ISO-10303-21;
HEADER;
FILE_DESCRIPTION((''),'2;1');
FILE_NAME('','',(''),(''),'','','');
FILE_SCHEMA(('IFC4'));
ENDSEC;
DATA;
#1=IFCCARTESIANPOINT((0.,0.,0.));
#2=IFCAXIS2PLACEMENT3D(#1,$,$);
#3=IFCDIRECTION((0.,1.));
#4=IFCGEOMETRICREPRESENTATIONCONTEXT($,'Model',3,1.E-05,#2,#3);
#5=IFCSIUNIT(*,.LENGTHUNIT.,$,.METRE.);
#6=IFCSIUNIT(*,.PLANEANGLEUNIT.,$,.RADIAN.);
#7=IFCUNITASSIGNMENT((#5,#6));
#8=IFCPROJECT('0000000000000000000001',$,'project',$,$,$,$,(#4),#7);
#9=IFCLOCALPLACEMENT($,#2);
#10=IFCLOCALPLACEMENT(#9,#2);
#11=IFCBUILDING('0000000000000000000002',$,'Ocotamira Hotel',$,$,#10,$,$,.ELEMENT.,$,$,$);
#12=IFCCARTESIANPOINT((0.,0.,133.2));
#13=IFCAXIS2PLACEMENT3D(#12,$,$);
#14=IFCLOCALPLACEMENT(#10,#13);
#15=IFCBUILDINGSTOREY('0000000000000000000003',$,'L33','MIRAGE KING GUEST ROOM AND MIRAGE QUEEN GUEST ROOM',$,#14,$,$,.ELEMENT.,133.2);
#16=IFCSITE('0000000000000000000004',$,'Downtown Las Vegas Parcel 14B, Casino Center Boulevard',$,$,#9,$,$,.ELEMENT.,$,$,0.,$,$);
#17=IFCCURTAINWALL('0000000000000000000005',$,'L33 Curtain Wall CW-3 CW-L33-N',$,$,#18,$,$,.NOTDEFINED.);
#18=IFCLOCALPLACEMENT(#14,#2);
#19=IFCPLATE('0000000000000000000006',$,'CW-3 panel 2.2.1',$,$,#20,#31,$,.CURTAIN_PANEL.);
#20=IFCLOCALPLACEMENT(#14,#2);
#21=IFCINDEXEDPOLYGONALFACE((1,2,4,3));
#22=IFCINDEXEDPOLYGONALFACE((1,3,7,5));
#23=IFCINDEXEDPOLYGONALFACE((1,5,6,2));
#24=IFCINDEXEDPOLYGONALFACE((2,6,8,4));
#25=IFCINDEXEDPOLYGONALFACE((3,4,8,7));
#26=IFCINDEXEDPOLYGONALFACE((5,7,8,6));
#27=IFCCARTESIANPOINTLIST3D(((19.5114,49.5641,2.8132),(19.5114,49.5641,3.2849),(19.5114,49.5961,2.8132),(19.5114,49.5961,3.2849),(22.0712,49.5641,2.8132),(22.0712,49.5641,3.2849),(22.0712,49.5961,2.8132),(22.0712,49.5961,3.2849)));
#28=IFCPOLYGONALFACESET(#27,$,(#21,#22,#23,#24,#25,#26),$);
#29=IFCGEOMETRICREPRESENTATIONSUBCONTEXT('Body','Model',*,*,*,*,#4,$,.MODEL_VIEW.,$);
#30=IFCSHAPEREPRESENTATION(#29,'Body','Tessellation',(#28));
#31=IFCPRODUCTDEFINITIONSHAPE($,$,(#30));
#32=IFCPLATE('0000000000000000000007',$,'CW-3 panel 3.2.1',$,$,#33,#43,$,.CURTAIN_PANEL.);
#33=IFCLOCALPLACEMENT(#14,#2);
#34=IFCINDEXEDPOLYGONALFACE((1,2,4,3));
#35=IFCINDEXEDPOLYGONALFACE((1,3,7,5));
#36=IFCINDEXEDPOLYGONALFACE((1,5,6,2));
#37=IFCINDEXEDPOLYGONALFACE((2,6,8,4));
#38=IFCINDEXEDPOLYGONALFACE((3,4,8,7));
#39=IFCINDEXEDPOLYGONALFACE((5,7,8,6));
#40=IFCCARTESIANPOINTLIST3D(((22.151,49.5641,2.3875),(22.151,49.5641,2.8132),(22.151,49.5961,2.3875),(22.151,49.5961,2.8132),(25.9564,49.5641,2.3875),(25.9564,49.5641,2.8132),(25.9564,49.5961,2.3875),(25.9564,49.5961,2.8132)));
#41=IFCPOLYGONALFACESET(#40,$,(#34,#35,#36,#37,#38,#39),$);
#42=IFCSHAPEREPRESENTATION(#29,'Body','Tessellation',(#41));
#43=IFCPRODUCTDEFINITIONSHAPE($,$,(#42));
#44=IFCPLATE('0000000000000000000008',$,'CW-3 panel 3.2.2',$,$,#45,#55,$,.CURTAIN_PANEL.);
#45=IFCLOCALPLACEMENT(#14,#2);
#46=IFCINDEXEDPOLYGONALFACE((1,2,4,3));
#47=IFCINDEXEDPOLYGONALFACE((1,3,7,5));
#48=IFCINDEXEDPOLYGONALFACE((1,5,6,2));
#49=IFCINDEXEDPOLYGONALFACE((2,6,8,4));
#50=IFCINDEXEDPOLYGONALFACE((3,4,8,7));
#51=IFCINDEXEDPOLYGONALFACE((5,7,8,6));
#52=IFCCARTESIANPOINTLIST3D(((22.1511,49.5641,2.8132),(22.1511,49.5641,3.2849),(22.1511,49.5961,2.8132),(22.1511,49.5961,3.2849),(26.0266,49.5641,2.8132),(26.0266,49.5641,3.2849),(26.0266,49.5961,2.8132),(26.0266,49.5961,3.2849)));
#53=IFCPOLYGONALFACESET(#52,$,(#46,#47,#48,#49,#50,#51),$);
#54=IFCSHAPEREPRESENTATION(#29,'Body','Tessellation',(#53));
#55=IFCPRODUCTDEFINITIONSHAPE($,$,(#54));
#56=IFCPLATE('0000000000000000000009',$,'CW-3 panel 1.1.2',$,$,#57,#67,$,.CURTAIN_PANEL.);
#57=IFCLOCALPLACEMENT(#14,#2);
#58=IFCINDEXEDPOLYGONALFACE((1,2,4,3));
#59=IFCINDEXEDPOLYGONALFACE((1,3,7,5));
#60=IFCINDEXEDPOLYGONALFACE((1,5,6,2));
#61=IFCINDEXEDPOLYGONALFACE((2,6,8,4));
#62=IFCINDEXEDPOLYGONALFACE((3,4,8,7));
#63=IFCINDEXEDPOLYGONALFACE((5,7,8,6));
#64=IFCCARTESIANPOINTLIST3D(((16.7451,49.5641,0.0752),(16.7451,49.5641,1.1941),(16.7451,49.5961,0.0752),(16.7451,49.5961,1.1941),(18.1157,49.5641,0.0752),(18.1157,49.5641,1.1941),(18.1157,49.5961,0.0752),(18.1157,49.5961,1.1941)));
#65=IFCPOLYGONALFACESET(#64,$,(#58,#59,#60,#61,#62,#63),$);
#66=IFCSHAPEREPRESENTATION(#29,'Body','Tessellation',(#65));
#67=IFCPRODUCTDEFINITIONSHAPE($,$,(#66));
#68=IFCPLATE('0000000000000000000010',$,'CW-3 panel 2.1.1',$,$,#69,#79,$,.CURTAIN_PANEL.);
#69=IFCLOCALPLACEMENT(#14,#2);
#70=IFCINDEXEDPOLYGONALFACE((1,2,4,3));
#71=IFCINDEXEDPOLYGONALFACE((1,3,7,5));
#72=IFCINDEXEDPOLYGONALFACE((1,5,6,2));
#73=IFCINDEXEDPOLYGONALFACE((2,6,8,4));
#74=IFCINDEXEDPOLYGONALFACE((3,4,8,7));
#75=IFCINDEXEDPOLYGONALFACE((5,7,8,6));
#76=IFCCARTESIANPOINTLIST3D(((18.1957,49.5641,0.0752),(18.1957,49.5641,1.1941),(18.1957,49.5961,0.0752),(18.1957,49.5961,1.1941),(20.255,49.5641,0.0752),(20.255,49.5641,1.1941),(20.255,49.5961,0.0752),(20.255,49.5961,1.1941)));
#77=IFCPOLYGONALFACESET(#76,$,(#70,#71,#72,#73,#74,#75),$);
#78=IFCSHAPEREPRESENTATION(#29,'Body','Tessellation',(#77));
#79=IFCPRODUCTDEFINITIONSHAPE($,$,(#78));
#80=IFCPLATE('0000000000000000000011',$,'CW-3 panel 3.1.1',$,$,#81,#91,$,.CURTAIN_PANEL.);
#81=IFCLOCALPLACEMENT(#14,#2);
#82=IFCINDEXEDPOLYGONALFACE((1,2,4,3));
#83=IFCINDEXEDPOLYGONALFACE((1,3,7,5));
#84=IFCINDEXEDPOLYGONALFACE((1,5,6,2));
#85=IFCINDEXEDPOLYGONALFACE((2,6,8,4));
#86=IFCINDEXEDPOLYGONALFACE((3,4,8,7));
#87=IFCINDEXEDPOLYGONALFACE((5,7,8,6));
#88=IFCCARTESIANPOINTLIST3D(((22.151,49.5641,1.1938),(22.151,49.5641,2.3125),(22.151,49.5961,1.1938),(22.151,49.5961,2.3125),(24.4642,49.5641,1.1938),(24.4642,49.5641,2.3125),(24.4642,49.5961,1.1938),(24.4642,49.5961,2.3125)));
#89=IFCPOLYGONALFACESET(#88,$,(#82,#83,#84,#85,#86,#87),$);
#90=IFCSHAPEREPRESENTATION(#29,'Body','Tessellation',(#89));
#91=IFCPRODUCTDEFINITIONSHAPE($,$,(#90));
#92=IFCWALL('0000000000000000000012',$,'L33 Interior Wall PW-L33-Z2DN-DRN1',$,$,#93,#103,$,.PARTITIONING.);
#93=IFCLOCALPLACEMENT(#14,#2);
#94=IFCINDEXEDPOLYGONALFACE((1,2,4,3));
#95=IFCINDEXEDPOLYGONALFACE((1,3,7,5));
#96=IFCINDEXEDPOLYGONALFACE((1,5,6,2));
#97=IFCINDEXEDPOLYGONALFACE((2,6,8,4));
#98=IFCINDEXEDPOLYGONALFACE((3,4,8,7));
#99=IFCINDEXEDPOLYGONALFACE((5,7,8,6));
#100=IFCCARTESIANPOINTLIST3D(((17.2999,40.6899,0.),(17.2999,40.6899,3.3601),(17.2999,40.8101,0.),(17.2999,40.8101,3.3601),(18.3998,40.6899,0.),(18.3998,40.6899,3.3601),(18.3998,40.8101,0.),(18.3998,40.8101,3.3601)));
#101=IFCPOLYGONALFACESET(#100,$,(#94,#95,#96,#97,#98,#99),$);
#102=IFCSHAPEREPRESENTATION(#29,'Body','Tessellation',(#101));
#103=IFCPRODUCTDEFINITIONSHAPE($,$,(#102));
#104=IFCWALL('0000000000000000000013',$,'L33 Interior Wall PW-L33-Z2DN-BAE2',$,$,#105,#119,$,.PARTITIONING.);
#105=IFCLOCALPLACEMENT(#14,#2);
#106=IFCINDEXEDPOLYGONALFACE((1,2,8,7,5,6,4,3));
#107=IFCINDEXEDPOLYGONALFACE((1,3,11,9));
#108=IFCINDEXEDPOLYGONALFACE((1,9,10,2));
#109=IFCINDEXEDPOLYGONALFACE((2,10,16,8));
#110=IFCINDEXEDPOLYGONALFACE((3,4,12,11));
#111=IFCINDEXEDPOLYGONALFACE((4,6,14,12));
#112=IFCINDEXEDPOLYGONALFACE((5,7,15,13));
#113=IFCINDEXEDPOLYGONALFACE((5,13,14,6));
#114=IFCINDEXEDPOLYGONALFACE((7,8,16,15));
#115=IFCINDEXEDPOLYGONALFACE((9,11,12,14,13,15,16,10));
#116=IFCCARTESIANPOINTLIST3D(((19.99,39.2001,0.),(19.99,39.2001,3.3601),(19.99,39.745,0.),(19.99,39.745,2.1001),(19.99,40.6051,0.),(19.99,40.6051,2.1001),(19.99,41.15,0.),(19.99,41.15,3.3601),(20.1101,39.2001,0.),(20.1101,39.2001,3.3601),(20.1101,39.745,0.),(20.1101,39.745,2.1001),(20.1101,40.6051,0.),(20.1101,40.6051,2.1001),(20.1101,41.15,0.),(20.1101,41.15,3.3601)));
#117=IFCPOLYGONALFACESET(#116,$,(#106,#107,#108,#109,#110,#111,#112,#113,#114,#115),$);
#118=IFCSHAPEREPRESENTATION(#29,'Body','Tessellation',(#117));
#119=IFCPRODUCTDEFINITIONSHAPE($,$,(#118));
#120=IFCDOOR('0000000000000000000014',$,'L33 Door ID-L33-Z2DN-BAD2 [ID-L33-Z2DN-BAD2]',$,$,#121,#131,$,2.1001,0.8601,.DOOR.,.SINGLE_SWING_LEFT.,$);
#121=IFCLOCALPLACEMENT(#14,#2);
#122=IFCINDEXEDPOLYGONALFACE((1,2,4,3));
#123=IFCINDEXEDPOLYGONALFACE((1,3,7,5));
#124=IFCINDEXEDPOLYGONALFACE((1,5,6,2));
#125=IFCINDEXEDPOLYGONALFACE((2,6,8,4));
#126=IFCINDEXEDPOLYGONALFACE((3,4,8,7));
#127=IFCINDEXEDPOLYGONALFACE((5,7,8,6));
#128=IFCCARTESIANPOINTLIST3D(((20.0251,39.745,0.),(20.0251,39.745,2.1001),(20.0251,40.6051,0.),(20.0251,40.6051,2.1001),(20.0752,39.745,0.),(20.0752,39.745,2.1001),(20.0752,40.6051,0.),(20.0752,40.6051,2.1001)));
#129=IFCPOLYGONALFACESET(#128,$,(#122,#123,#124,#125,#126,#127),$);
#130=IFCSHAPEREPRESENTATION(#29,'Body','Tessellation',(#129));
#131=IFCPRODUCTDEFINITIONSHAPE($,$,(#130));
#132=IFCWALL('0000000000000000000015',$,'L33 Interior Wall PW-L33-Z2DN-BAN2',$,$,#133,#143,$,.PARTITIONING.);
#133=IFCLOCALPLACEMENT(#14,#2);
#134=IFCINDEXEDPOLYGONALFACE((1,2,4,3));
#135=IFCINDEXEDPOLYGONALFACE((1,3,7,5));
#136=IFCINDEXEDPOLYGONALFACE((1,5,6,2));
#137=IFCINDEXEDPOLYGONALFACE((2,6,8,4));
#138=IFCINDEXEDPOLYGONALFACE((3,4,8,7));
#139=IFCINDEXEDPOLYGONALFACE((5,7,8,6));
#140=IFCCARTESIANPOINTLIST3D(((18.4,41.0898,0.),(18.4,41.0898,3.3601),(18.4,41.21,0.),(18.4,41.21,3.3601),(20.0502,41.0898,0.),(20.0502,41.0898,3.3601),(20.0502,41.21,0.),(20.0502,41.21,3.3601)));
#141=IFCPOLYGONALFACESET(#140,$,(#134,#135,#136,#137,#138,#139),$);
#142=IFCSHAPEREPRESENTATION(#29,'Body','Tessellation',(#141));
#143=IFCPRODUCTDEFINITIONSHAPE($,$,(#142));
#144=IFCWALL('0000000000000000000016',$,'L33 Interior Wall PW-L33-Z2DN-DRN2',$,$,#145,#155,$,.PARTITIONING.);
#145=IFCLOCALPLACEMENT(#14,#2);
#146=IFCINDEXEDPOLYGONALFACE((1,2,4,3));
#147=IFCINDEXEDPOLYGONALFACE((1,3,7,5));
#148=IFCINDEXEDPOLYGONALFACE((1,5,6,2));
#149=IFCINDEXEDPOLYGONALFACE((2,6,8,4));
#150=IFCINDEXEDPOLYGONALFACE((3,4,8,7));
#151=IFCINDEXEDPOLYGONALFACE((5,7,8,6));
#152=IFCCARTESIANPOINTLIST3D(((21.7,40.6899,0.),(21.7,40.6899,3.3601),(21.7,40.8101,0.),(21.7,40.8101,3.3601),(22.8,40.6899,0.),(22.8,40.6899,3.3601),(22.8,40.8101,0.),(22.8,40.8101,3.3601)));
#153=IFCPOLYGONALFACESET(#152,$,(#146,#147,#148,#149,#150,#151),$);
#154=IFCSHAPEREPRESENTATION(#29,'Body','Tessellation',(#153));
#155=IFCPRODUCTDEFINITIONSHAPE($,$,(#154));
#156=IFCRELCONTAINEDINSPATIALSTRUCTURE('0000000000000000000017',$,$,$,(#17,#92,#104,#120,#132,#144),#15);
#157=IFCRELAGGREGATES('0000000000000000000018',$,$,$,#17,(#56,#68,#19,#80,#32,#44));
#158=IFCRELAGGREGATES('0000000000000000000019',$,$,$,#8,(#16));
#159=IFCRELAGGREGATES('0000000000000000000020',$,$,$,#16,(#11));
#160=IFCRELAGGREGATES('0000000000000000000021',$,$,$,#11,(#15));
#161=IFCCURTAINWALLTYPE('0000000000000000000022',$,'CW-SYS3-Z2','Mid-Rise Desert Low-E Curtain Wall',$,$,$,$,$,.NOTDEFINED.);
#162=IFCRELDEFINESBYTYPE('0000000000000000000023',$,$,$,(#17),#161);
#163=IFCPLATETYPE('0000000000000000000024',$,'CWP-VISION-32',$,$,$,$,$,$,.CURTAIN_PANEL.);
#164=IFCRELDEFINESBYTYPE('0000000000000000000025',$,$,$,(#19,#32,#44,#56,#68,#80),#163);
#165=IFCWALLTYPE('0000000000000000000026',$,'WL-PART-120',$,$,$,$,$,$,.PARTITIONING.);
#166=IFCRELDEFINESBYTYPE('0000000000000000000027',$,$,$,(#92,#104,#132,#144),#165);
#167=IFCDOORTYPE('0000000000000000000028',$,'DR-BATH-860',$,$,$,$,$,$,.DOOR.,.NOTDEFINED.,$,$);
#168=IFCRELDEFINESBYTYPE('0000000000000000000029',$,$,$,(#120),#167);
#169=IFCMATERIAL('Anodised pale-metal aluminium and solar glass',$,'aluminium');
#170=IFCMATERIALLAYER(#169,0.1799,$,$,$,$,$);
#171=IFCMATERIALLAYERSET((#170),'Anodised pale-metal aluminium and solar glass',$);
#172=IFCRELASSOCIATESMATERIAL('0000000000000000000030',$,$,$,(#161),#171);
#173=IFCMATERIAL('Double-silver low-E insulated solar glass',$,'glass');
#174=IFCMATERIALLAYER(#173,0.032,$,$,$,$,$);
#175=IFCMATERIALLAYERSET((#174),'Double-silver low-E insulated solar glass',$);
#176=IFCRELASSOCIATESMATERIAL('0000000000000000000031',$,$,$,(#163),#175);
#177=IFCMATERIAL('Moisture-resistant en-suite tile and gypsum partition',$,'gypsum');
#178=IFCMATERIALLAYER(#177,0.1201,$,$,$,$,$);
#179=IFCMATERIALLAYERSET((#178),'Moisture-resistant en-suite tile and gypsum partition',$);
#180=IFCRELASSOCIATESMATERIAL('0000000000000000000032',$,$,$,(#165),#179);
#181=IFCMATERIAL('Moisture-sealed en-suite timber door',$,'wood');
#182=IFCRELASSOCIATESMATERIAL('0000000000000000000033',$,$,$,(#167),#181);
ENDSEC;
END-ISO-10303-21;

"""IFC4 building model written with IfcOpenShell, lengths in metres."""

from ifc_helpers import new_model, si_unit, direction, frame, frame_2d, origin, origin_2d, place, context, subcontext, project, spatial, rectangle, extrude, source, transform, mapped, material, layer, layer_set, type_object, element, fill, aggregate, save


model = new_model("IFC4")

# Units and contexts
model_context = context("Model", 3, precision=1e-05, world=origin(), true_north=direction((0.0, 1.0)))
body_context = subcontext(model_context, "Body", "Model", "MODEL_VIEW")
ifc_project = project(units=[si_unit("LENGTHUNIT", "METRE"), si_unit("PLANEANGLEUNIT", "RADIAN")], contexts=[model_context])

# Site, building, storey
site_placement = place(None, origin())
site = spatial("IfcSite", under=ifc_project, at=site_placement, Name="Downtown Las Vegas Parcel 14B, Casino Center Boulevard", CompositionType="ELEMENT", RefElevation=0.0)
building_placement = place(site_placement, origin())
building = spatial("IfcBuilding", under=site, at=building_placement, Name="Ocotamira Hotel", CompositionType="ELEMENT")
storey_placement = place(building_placement, frame((0.0, 0.0, 133.2)))
storey = spatial("IfcBuildingStorey", under=building, at=storey_placement, Name="L33", Description="MIRAGE KING GUEST ROOM AND MIRAGE QUEEN GUEST ROOM", CompositionType="ELEMENT", Elevation=133.2)

# Curtain wall
ifc_material_1 = material(Name="Anodised pale-metal aluminium and solar glass", Category="aluminium")
ifc_layer_1 = layer(ifc_material_1, 0.1799)
ifc_layer_set_1 = layer_set([ifc_layer_1], Name="Anodised pale-metal aluminium and solar glass")
curtain_wall_type = type_object("IfcCurtainWallType", Name="CW-SYS3-Z2", Description="Mid-Rise Desert Low-E Curtain Wall", PredefinedType="NOTDEFINED", material=ifc_layer_set_1)
curtain_wall_placement = place(storey_placement, origin())
curtain_wall = element("IfcCurtainWall", 1, at=curtain_wall_placement, inside=storey, type_object=curtain_wall_type, Name="L33 Curtain Wall CW-3 CW-L33-N", PredefinedType="NOTDEFINED")

# Plates
ifc_material_2 = material(Name="Double-silver low-E insulated solar glass", Category="glass")
ifc_layer_2 = layer(ifc_material_2, 0.032)
ifc_layer_set_2 = layer_set([ifc_layer_2], Name="Double-silver low-E insulated solar glass")
plate_type_1 = type_object("IfcPlateType", Name="CWP-VISION-32", PredefinedType="CURTAIN_PANEL", material=ifc_layer_set_2)
shared_shape_1 = source(origin(), body_context, "Body", "SweptSolid", [
    extrude(rectangle(XDim=2.5598, YDim=0.032, at=origin_2d()), origin(), (0.0, 0.0, 1.0), 0.4717),
])
plate_1_placement = place(storey_placement, frame((20.7913, 49.5801, 2.8132), z_axis=(0.0, 0.0, 1.0), x_axis=(1.0, 0.0, 0.0)))
plate_1 = element("IfcPlate", 2, at=plate_1_placement, type_object=plate_type_1, Name="CW-3 panel 2.2.1", PredefinedType="CURTAIN_PANEL", context=body_context, shape_type="MappedRepresentation", body=[
    mapped(shared_shape_1, transform((0.0, 0.0, 0.0), scale=1.0)),
])
shared_shape_2 = source(origin(), body_context, "Body", "SweptSolid", [
    extrude(rectangle(XDim=3.8054, YDim=0.032, at=origin_2d()), origin(), (0.0, 0.0, 1.0), 0.4258),
])
plate_2_placement = place(storey_placement, frame((24.0537, 49.5801, 2.3875), z_axis=(0.0, 0.0, 1.0), x_axis=(1.0, 0.0, 0.0)))
plate_2 = element("IfcPlate", 3, at=plate_2_placement, type_object=plate_type_1, Name="CW-3 panel 3.2.1", PredefinedType="CURTAIN_PANEL", context=body_context, shape_type="MappedRepresentation", body=[
    mapped(shared_shape_2, transform((0.0, 0.0, 0.0), scale=1.0)),
])
shared_shape_3 = source(origin(), body_context, "Body", "SweptSolid", [
    extrude(rectangle(XDim=3.8755, YDim=0.032, at=origin_2d()), origin(), (0.0, 0.0, 1.0), 0.4717),
])
plate_3_placement = place(storey_placement, frame((24.0889, 49.5801, 2.8132), z_axis=(0.0, 0.0, 1.0), x_axis=(1.0, 0.0, 0.0)))
plate_3 = element("IfcPlate", 4, at=plate_3_placement, type_object=plate_type_1, Name="CW-3 panel 3.2.2", PredefinedType="CURTAIN_PANEL", context=body_context, shape_type="MappedRepresentation", body=[
    mapped(shared_shape_3, transform((0.0, 0.0, 0.0), scale=1.0)),
])
shared_shape_4 = source(origin(), body_context, "Body", "SweptSolid", [
    extrude(rectangle(XDim=1.3706, YDim=0.032, at=origin_2d()), origin(), (0.0, 0.0, 1.0), 1.1189),
])
plate_4_placement = place(storey_placement, frame((17.4304, 49.5801, 0.0752), z_axis=(0.0, 0.0, 1.0), x_axis=(1.0, 0.0, 0.0)))
plate_4 = element("IfcPlate", 5, at=plate_4_placement, type_object=plate_type_1, Name="CW-3 panel 1.1.2", PredefinedType="CURTAIN_PANEL", context=body_context, shape_type="MappedRepresentation", body=[
    mapped(shared_shape_4, transform((0.0, 0.0, 0.0), scale=1.0)),
])
shared_shape_5 = source(origin(), body_context, "Body", "SweptSolid", [
    extrude(rectangle(XDim=2.0593, YDim=0.032, at=origin_2d()), origin(), (0.0, 0.0, 1.0), 1.1189),
])
plate_5_placement = place(storey_placement, frame((19.2253, 49.5801, 0.0752), z_axis=(0.0, 0.0, 1.0), x_axis=(1.0, 0.0, 0.0)))
plate_5 = element("IfcPlate", 6, at=plate_5_placement, type_object=plate_type_1, Name="CW-3 panel 2.1.1", PredefinedType="CURTAIN_PANEL", context=body_context, shape_type="MappedRepresentation", body=[
    mapped(shared_shape_5, transform((0.0, 0.0, 0.0), scale=1.0)),
])
shared_shape_6 = source(origin(), body_context, "Body", "SweptSolid", [
    extrude(rectangle(XDim=2.3132, YDim=0.032, at=origin_2d()), origin(), (0.0, 0.0, 1.0), 1.1187),
])
plate_6_placement = place(storey_placement, frame((23.3076, 49.5801, 1.1938), z_axis=(0.0, 0.0, 1.0), x_axis=(1.0, 0.0, 0.0)))
plate_6 = element("IfcPlate", 7, at=plate_6_placement, type_object=plate_type_1, Name="CW-3 panel 3.1.1", PredefinedType="CURTAIN_PANEL", context=body_context, shape_type="MappedRepresentation", body=[
    mapped(shared_shape_6, transform((0.0, 0.0, 0.0), scale=1.0)),
])
aggregate(curtain_wall, [plate_4, plate_5, plate_1, plate_6, plate_2, plate_3])

# Wall
ifc_material_3 = material(Name="Moisture-resistant en-suite tile and gypsum partition", Category="gypsum")
ifc_layer_3 = layer(ifc_material_3, 0.1201)
ifc_layer_set_3 = layer_set([ifc_layer_3], Name="Moisture-resistant en-suite tile and gypsum partition")
wall_type_1 = type_object("IfcWallType", Name="WL-PART-120", PredefinedType="PARTITIONING", material=ifc_layer_set_3)
wall_1_placement = place(storey_placement, frame((17.3, 40.75, 0.0), z_axis=(0.0, 0.0, 1.0), x_axis=(1.0, 0.0, 0.0)))
element("IfcWall", 8, at=wall_1_placement, inside=storey, type_object=wall_type_1, Name="L33 Interior Wall PW-L33-Z2DN-DRN1", PredefinedType="PARTITIONING", context=body_context, shape_type="SweptSolid", body=[
    extrude(rectangle(XDim=1.0999, YDim=0.1201, at=frame_2d((0.5498, 0.0))), origin(), (0.0, 0.0, 1.0), 3.3601),
])

# Wall, opening, door
wall_2_placement = place(storey_placement, frame((20.05, 39.2, 0.0), z_axis=(0.0, 0.0, 1.0), x_axis=(0.0, 1.0, 0.0)))
wall_2 = element("IfcWall", 9, at=wall_2_placement, inside=storey, type_object=wall_type_1, Name="L33 Interior Wall PW-L33-Z2DN-BAE2", PredefinedType="PARTITIONING", context=body_context, shape_type="SweptSolid", body=[
    extrude(rectangle(XDim=1.95, YDim=0.1201, at=frame_2d((0.9751, 0.0))), origin(), (0.0, 0.0, 1.0), 3.3601),
])
opening_1_placement = place(wall_2_placement, frame((0.5449, 0.0, 0.0)))
opening_1 = element("IfcOpeningElement", 10, at=opening_1_placement, cuts=wall_2, PredefinedType="OPENING", context=body_context, shape_type="SweptSolid", body=[
    extrude(rectangle(XDim=0.8601, YDim=2.1001, at=frame_2d((0.4302, 1.05))), frame((0.0, 0.0701, 0.0), z_axis=(0.0, -1.0, 0.0), x_axis=(1.0, 0.0, 0.0)), (0.0, 0.0, 1.0), 0.1401),
])
ifc_material_4 = material(Name="Moisture-sealed en-suite timber door", Category="wood")
door_type = type_object("IfcDoorType", Name="DR-BATH-860", OperationType="NOTDEFINED", PredefinedType="DOOR", material=ifc_material_4)
shared_shape_7 = source(origin(), body_context, "Body", "SweptSolid", [
    extrude(rectangle(XDim=0.8601, YDim=2.1001, at=frame_2d((0.4302, 1.05))), frame((0.0, 0.0249, 0.0), z_axis=(0.0, -1.0, 0.0), x_axis=(1.0, 0.0, 0.0)), (0.0, 0.0, 1.0), 0.05),
])
door_1_placement = place(opening_1_placement, origin())
door_1 = element("IfcDoor", 11, at=door_1_placement, inside=storey, type_object=door_type, Name="L33 Door ID-L33-Z2DN-BAD2 [ID-L33-Z2DN-BAD2]", OperationType="SINGLE_SWING_LEFT", OverallHeight=2.1001, OverallWidth=0.8601, PredefinedType="DOOR", context=body_context, shape_type="MappedRepresentation", body=[
    mapped(shared_shape_7, transform((0.0, 0.0, 0.0), scale=1.0)),
])
fill(opening_1, door_1)

# Walls
wall_3_placement = place(storey_placement, frame((18.3999, 41.1499, 0.0), z_axis=(0.0, 0.0, 1.0), x_axis=(1.0, 0.0, 0.0)))
element("IfcWall", 12, at=wall_3_placement, inside=storey, type_object=wall_type_1, Name="L33 Interior Wall PW-L33-Z2DN-BAN2", PredefinedType="PARTITIONING", context=body_context, shape_type="SweptSolid", body=[
    extrude(rectangle(XDim=1.6501, YDim=0.1201, at=frame_2d((0.8252, 0.0))), origin(), (0.0, 0.0, 1.0), 3.3601),
])
wall_4_placement = place(storey_placement, frame((21.7, 40.75, 0.0), z_axis=(0.0, 0.0, 1.0), x_axis=(1.0, 0.0, 0.0)))
element("IfcWall", 13, at=wall_4_placement, inside=storey, type_object=wall_type_1, Name="L33 Interior Wall PW-L33-Z2DN-DRN2", PredefinedType="PARTITIONING", context=body_context, shape_type="SweptSolid", body=[
    extrude(rectangle(XDim=1.1001, YDim=0.1201, at=frame_2d((0.55, 0.0))), origin(), (0.0, 0.0, 1.0), 3.3601),
])

save(model, "model.ifc")
